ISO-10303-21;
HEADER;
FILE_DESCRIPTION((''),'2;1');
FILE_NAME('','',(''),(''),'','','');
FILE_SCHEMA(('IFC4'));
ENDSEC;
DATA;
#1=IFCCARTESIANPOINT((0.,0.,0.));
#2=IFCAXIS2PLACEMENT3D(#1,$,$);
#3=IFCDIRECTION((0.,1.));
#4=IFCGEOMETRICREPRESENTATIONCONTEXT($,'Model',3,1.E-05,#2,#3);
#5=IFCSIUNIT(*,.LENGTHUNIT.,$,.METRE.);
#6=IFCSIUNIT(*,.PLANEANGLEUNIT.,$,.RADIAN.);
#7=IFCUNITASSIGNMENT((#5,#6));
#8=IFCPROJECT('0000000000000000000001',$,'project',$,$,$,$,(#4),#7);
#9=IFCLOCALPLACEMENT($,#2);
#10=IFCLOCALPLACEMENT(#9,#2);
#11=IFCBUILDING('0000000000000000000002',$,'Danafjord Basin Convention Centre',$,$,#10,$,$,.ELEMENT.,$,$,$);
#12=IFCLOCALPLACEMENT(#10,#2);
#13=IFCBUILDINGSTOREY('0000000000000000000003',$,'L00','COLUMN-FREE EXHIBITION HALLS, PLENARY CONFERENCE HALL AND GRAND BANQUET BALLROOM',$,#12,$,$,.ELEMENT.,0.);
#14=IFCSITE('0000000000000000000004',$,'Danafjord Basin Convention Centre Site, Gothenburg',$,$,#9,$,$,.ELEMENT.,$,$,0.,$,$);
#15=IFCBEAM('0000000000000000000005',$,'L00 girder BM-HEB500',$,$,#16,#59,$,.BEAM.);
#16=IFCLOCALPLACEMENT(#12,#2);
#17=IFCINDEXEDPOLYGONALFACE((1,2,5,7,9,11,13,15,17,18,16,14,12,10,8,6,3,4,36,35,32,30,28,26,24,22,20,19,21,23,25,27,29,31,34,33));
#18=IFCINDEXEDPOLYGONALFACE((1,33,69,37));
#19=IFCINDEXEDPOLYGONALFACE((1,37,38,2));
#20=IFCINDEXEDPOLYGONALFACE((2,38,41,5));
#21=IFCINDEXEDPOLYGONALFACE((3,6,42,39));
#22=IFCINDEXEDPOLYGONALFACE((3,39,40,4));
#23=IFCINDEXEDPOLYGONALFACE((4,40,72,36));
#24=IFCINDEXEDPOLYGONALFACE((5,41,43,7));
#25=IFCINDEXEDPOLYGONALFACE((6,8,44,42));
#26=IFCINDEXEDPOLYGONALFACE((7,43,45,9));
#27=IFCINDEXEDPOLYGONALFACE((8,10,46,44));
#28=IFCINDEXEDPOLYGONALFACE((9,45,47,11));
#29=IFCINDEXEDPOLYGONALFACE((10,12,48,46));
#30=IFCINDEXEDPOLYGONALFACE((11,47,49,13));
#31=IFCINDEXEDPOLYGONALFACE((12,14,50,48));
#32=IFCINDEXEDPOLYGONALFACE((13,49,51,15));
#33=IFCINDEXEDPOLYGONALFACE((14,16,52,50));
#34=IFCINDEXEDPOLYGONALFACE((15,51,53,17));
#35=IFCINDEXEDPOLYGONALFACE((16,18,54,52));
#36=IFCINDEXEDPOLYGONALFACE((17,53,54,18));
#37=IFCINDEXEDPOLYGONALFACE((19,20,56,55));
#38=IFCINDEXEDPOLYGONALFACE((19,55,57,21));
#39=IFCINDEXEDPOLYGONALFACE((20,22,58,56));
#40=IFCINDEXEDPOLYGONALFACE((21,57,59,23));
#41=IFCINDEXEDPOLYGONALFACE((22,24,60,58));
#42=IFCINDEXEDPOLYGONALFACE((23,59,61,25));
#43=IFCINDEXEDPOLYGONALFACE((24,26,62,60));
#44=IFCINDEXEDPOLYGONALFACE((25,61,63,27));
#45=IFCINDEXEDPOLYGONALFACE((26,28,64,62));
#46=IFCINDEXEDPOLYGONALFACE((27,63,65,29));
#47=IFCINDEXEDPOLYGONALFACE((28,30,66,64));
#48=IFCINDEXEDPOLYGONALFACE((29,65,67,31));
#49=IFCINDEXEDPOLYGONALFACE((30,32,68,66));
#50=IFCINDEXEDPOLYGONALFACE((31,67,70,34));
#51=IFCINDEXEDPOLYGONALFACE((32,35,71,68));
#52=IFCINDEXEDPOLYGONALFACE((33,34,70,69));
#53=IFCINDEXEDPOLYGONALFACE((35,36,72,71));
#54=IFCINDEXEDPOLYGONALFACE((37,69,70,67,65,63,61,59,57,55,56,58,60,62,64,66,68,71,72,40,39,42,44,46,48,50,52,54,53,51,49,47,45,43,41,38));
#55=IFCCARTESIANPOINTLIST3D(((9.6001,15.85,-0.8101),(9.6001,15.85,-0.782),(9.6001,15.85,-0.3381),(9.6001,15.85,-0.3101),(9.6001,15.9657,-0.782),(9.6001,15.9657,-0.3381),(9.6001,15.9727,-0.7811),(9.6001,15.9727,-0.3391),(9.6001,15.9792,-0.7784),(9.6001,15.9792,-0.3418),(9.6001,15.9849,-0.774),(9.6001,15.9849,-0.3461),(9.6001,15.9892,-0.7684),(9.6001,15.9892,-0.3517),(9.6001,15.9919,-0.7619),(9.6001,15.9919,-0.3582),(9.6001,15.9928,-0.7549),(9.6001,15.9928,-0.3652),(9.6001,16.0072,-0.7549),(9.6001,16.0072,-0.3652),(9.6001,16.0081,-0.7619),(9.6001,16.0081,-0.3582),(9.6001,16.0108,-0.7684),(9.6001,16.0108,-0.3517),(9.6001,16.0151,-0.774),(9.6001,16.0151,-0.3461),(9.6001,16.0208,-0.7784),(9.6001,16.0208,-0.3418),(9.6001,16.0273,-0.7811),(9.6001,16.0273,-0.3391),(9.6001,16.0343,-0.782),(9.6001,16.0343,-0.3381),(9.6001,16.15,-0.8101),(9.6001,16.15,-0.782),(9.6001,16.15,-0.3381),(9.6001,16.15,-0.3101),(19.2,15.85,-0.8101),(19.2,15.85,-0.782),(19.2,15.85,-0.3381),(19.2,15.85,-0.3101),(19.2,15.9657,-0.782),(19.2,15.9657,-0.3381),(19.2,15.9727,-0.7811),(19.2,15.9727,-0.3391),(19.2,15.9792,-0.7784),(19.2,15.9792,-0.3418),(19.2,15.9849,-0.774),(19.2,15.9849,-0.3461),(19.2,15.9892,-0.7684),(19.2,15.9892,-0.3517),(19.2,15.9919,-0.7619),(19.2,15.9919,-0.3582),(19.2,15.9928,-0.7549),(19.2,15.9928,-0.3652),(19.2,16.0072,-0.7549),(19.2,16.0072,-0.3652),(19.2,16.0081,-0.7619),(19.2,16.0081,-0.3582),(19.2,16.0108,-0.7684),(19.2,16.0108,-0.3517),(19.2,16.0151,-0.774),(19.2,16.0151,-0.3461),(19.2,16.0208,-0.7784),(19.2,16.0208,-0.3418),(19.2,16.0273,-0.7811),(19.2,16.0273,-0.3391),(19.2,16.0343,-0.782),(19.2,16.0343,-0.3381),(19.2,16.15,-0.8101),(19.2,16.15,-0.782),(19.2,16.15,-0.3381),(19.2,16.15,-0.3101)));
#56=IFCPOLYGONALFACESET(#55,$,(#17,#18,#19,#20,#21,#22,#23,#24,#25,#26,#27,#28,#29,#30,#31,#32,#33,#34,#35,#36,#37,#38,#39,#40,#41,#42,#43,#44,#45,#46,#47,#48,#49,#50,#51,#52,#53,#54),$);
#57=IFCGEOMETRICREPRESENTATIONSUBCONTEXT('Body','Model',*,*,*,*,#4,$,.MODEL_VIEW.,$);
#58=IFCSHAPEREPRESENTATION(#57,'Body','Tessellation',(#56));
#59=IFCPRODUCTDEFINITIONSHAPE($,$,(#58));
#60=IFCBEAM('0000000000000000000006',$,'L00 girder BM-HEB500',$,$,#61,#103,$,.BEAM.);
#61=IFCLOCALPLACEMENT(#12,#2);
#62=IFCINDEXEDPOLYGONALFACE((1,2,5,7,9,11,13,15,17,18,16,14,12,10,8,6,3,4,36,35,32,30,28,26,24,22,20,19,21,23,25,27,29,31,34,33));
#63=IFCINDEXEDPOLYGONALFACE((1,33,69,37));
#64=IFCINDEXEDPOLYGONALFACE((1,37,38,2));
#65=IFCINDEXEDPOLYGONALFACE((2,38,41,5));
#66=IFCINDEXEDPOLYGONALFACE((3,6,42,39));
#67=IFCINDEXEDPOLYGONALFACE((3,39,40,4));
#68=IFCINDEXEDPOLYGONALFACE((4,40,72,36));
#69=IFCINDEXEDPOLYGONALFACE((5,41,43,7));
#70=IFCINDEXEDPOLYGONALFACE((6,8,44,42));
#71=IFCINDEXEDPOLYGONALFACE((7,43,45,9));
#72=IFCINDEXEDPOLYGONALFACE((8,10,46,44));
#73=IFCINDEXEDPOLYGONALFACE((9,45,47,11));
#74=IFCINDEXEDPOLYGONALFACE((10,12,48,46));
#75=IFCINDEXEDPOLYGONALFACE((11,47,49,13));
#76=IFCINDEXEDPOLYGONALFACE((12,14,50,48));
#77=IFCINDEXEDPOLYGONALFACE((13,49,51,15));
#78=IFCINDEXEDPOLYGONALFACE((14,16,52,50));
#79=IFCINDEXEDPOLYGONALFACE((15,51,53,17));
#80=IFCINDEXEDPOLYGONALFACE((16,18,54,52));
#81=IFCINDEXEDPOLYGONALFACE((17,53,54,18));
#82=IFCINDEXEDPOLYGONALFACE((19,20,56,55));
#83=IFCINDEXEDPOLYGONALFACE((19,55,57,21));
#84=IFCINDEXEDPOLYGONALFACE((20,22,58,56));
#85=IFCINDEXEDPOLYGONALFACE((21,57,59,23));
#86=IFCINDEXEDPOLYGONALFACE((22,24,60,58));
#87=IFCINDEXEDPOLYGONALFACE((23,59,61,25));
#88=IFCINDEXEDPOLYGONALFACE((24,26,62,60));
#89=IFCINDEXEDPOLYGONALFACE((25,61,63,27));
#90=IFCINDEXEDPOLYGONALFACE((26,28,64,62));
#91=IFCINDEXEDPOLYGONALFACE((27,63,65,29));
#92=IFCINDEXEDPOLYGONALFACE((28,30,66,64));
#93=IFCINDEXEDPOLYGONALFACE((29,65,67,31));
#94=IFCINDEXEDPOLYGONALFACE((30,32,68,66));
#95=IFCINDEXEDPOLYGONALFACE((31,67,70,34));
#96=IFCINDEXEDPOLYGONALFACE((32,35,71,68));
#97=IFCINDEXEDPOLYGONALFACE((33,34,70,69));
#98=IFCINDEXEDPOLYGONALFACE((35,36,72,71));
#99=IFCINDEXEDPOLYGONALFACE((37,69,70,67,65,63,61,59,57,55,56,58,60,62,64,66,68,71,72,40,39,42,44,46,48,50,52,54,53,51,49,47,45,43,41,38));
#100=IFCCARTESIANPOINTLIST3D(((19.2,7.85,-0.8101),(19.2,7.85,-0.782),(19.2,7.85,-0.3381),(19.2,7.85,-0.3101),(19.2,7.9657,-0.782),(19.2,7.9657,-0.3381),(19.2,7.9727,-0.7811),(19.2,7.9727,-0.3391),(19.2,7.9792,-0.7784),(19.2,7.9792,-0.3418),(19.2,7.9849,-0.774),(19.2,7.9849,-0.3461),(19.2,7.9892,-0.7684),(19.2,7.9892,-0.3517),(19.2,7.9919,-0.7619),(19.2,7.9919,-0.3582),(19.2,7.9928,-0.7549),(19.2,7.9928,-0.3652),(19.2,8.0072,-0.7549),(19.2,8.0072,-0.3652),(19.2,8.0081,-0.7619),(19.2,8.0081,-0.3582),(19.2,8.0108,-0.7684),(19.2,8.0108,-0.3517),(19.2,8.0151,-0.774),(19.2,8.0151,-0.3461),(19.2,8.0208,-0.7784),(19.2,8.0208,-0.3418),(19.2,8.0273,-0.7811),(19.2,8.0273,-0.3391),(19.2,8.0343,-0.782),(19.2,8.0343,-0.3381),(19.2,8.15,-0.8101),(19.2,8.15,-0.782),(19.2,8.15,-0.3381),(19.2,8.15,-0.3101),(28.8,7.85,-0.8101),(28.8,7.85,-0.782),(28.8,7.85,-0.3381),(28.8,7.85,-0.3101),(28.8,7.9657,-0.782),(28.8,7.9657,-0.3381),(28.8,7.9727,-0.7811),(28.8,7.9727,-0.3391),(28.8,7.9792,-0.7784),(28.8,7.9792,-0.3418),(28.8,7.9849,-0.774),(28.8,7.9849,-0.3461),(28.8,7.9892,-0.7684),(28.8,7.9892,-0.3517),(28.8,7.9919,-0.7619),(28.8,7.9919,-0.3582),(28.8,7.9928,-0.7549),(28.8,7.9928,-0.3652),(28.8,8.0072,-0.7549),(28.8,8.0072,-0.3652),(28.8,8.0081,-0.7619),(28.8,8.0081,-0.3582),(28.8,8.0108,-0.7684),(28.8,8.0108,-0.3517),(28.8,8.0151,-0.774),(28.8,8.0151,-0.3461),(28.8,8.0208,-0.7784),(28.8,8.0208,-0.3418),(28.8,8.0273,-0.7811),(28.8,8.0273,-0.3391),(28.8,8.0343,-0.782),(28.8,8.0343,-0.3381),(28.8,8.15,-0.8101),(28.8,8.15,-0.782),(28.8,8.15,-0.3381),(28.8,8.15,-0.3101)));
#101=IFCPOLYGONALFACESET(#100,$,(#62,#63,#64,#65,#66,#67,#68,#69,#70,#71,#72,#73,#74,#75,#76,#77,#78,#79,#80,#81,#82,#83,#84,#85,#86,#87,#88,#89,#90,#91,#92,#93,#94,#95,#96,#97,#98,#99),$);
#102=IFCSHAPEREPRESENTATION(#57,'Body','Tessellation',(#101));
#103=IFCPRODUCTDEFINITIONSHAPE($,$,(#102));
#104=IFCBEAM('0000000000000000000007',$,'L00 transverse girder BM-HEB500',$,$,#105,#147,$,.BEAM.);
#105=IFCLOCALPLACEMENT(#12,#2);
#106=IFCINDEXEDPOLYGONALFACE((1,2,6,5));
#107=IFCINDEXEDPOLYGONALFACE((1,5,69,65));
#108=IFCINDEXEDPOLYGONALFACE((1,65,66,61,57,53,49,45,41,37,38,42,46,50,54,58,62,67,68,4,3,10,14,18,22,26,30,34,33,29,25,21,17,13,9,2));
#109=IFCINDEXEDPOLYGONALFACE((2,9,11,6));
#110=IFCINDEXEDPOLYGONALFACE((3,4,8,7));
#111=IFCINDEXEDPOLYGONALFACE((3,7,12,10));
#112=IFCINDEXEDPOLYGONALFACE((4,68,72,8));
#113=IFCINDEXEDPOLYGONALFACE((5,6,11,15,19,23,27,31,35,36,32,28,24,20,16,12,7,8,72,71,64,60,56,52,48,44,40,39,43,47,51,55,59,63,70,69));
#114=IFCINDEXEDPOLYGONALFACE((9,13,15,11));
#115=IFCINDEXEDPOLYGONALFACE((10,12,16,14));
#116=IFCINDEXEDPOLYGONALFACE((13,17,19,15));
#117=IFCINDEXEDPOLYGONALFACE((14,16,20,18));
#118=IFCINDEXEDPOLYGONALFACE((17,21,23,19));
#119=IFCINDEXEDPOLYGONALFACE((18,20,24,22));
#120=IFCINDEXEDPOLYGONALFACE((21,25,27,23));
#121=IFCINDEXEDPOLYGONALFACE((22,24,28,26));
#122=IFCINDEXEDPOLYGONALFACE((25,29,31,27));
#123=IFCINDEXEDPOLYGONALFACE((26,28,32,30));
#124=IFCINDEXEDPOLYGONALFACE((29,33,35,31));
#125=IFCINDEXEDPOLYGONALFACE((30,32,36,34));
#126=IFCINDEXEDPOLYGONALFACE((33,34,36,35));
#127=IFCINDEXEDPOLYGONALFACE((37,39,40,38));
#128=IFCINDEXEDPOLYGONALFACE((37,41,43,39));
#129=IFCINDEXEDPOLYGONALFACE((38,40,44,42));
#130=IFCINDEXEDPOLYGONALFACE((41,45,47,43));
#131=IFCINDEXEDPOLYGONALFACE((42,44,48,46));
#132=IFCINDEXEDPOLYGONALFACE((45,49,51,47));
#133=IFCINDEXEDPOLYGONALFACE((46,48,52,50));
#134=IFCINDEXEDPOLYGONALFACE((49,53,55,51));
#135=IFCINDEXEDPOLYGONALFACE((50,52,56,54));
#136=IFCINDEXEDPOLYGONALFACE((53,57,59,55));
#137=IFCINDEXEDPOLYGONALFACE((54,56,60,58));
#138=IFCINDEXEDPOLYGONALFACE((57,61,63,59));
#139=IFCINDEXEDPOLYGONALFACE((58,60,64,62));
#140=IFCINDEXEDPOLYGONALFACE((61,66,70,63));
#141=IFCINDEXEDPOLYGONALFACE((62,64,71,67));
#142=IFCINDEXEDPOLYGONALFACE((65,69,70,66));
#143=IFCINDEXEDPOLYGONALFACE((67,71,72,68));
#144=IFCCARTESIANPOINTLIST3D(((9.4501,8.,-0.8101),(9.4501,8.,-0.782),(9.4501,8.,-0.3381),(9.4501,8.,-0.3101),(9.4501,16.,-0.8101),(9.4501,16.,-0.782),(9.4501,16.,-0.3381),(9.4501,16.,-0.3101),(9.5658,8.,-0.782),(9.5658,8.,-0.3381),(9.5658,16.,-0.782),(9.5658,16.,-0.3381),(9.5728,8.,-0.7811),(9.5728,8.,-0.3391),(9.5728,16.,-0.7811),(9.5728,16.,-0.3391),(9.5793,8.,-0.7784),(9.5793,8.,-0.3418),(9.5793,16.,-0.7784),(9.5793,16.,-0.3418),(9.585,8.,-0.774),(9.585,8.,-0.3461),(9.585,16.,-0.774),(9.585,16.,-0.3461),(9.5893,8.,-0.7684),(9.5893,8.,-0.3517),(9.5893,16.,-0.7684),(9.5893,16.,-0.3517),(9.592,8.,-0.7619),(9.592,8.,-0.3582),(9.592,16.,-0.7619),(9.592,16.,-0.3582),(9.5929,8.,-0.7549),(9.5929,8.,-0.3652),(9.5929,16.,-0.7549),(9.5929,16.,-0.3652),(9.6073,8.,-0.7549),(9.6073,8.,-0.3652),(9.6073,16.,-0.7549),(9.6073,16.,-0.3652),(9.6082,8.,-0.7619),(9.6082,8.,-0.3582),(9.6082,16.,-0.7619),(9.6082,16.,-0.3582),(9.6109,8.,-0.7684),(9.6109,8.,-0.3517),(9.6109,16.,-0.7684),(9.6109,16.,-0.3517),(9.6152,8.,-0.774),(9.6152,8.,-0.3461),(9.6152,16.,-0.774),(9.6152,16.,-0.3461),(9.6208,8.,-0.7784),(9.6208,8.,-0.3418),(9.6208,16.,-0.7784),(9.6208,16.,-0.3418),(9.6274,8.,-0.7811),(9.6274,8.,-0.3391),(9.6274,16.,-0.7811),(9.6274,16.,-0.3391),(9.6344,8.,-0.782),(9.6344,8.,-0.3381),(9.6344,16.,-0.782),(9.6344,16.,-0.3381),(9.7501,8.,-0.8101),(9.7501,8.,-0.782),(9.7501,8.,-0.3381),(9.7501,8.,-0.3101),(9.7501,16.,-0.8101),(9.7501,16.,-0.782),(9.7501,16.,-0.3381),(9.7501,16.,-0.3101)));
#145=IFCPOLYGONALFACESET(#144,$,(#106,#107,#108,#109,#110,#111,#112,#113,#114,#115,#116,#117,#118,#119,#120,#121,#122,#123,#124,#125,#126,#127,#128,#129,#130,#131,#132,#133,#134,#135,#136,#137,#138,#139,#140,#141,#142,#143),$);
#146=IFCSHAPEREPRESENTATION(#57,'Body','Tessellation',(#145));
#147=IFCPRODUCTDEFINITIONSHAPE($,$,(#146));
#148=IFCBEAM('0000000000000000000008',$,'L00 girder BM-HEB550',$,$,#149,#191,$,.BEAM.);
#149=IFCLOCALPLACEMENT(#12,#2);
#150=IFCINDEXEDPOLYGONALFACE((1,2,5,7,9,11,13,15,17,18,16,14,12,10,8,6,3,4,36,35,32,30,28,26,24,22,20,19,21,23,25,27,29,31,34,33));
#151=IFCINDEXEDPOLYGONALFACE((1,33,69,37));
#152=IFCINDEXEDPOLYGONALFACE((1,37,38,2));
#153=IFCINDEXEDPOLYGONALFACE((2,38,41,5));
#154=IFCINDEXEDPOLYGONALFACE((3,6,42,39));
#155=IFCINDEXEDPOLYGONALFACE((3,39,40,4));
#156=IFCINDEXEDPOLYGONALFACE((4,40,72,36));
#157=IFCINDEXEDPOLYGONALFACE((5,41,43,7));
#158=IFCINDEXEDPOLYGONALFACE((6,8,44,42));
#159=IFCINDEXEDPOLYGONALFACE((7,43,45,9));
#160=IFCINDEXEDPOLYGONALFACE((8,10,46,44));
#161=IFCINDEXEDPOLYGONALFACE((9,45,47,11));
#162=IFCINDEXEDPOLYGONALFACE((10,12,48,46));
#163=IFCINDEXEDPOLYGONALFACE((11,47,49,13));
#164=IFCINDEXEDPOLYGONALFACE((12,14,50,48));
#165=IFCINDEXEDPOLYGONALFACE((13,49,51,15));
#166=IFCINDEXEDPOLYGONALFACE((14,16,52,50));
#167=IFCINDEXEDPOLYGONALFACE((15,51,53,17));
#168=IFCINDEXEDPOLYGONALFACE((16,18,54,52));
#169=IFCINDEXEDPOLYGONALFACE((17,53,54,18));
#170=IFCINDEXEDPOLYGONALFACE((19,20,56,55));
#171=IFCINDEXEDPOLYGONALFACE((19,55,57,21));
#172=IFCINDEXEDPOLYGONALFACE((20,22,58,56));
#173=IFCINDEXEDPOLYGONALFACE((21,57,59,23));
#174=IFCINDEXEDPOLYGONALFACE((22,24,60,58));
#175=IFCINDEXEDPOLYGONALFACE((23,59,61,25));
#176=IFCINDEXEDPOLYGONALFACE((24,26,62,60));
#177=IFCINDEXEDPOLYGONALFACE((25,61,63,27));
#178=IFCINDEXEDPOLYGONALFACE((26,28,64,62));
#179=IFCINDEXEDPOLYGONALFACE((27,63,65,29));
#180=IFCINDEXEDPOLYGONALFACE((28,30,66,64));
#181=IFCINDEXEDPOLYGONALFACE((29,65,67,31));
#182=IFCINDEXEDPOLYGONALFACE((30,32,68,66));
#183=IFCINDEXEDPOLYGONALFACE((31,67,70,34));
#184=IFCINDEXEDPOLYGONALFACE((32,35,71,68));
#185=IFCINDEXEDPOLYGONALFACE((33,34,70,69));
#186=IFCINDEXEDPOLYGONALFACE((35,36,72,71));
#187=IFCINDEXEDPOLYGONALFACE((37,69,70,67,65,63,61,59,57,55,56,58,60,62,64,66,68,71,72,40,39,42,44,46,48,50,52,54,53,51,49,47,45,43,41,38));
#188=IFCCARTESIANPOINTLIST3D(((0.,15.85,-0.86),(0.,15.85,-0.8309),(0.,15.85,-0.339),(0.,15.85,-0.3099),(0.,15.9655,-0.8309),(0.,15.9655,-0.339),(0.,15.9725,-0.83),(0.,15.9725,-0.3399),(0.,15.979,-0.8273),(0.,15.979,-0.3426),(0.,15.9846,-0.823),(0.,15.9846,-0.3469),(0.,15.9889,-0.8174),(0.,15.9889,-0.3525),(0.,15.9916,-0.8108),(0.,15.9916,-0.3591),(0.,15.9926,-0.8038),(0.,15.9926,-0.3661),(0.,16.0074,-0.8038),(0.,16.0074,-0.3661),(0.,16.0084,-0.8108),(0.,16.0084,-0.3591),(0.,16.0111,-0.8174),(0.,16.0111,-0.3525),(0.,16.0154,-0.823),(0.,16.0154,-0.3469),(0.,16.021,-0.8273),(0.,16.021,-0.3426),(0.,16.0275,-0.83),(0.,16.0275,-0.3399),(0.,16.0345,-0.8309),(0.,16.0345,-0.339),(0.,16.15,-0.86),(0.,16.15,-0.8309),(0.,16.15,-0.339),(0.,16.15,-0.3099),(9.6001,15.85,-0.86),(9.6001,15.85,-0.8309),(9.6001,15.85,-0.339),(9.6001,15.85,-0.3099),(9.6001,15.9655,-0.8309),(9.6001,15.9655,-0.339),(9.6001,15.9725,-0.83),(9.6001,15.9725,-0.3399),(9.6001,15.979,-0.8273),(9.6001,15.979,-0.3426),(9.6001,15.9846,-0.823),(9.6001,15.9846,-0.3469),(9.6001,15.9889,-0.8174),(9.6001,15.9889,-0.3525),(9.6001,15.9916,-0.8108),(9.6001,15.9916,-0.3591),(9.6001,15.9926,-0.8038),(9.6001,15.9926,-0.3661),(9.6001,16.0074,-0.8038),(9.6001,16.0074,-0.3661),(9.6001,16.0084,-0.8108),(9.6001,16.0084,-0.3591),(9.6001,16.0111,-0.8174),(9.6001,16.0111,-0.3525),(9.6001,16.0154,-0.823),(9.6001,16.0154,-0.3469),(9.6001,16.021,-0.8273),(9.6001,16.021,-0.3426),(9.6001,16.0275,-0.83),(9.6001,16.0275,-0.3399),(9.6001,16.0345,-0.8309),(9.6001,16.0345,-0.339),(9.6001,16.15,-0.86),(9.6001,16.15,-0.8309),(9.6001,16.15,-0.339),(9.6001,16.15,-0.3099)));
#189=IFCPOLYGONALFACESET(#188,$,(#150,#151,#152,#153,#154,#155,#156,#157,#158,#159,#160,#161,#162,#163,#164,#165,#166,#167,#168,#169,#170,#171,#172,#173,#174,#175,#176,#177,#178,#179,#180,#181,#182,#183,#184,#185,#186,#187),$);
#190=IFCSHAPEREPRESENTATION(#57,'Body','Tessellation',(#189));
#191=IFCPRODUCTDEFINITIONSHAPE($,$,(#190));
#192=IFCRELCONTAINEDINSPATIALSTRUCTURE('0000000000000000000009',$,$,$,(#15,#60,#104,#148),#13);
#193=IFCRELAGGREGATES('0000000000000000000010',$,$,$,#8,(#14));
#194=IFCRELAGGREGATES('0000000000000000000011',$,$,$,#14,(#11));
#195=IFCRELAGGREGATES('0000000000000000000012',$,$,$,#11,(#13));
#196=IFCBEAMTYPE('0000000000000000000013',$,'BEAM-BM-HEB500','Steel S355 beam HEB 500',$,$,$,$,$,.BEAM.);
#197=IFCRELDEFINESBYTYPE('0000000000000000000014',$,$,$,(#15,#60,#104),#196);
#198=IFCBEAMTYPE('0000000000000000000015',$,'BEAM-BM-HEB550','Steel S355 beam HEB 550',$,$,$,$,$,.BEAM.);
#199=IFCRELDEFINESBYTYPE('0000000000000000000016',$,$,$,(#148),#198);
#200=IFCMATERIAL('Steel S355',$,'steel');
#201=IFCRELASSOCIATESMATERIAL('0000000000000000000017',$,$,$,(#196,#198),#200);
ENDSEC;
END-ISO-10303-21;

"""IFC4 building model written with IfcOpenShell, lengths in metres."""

from ifc_helpers import new_model, si_unit, direction, frame, origin, origin_2d, place, context, subcontext, project, spatial, i_section, extrude, material, material_profile, profile_set, type_object, element, save


model = new_model("IFC4")

# Units and contexts
model_context = context("Model", 3, precision=1e-05, world=origin(), true_north=direction((0.0, 1.0)))
body_context = subcontext(model_context, "Body", "Model", "MODEL_VIEW")
ifc_project = project(units=[si_unit("LENGTHUNIT", "METRE"), si_unit("PLANEANGLEUNIT", "RADIAN")], contexts=[model_context])

# Site, building, storey
site_placement = place(None, origin())
site = spatial("IfcSite", under=ifc_project, at=site_placement, Name="Danafjord Basin Convention Centre Site, Gothenburg", CompositionType="ELEMENT", RefElevation=0.0)
building_placement = place(site_placement, origin())
building = spatial("IfcBuilding", under=site, at=building_placement, Name="Danafjord Basin Convention Centre", CompositionType="ELEMENT")
storey_placement = place(building_placement, origin())
storey = spatial("IfcBuildingStorey", under=building, at=storey_placement, Name="L00", Description="COLUMN-FREE EXHIBITION HALLS, PLENARY CONFERENCE HALL AND GRAND BANQUET BALLROOM", CompositionType="ELEMENT", Elevation=0.0)

# Shared definitions
ifc_material_1 = material(Name="Steel S355", Category="steel")

# Beams
ifc_material_profile_1 = material_profile(ifc_material_1, i_section(OverallWidth=0.3, OverallDepth=0.5, WebThickness=0.0144, FlangeThickness=0.0281, FilletRadius=0.0271, at=origin_2d()), Name="HEB 500")
ifc_profile_set_1 = profile_set([ifc_material_profile_1], Name="Steel S355")
beam_type_1 = type_object("IfcBeamType", Name="BEAM-BM-HEB500", Description="Steel S355 beam HEB 500", PredefinedType="BEAM", material=ifc_profile_set_1)
beam_1_placement = place(storey_placement, frame((9.6001, 16.0, -0.5601), z_axis=(1.0, 0.0, 0.0), x_axis=(0.0, 1.0, 0.0)))
element("IfcBeam", 1, at=beam_1_placement, inside=storey, type_object=beam_type_1, Name="L00 girder BM-HEB500", PredefinedType="BEAM", context=body_context, shape_type="SweptSolid", body=[
    extrude(i_section(OverallWidth=0.3, OverallDepth=0.5, WebThickness=0.0144, FlangeThickness=0.0281, FilletRadius=0.0271, at=origin_2d()), origin(), (0.0, 0.0, 1.0), 9.5999),
])
beam_2_placement = place(storey_placement, frame((19.2, 8.0, -0.5601), z_axis=(1.0, 0.0, 0.0), x_axis=(0.0, 1.0, 0.0)))
element("IfcBeam", 2, at=beam_2_placement, inside=storey, type_object=beam_type_1, Name="L00 girder BM-HEB500", PredefinedType="BEAM", context=body_context, shape_type="SweptSolid", body=[
    extrude(i_section(OverallWidth=0.3, OverallDepth=0.5, WebThickness=0.0144, FlangeThickness=0.0281, FilletRadius=0.0271, at=origin_2d()), origin(), (0.0, 0.0, 1.0), 9.6001),
])
beam_3_placement = place(storey_placement, frame((9.6001, 8.0, -0.5601), z_axis=(0.0, 1.0, 0.0), x_axis=(-1.0, 0.0, 0.0)))
element("IfcBeam", 3, at=beam_3_placement, inside=storey, type_object=beam_type_1, Name="L00 transverse girder BM-HEB500", PredefinedType="BEAM", context=body_context, shape_type="SweptSolid", body=[
    extrude(i_section(OverallWidth=0.3, OverallDepth=0.5, WebThickness=0.0144, FlangeThickness=0.0281, FilletRadius=0.0271, at=origin_2d()), origin(), (0.0, 0.0, 1.0), 8.0),
])
ifc_material_profile_2 = material_profile(ifc_material_1, i_section(OverallWidth=0.3, OverallDepth=0.55, WebThickness=0.0149, FlangeThickness=0.0291, FilletRadius=0.0271, at=origin_2d()), Name="HEB 550")
ifc_profile_set_2 = profile_set([ifc_material_profile_2], Name="Steel S355")
beam_type_2 = type_object("IfcBeamType", Name="BEAM-BM-HEB550", Description="Steel S355 beam HEB 550", PredefinedType="BEAM", material=ifc_profile_set_2)
beam_4_placement = place(storey_placement, frame((0.0, 16.0, -0.585), z_axis=(1.0, 0.0, 0.0), x_axis=(0.0, 1.0, 0.0)))
element("IfcBeam", 4, at=beam_4_placement, inside=storey, type_object=beam_type_2, Name="L00 girder BM-HEB550", PredefinedType="BEAM", context=body_context, shape_type="SweptSolid", body=[
    extrude(i_section(OverallWidth=0.3, OverallDepth=0.55, WebThickness=0.0149, FlangeThickness=0.0291, FilletRadius=0.0271, at=origin_2d()), origin(), (0.0, 0.0, 1.0), 9.6001),
])

save(model, "model.ifc")
